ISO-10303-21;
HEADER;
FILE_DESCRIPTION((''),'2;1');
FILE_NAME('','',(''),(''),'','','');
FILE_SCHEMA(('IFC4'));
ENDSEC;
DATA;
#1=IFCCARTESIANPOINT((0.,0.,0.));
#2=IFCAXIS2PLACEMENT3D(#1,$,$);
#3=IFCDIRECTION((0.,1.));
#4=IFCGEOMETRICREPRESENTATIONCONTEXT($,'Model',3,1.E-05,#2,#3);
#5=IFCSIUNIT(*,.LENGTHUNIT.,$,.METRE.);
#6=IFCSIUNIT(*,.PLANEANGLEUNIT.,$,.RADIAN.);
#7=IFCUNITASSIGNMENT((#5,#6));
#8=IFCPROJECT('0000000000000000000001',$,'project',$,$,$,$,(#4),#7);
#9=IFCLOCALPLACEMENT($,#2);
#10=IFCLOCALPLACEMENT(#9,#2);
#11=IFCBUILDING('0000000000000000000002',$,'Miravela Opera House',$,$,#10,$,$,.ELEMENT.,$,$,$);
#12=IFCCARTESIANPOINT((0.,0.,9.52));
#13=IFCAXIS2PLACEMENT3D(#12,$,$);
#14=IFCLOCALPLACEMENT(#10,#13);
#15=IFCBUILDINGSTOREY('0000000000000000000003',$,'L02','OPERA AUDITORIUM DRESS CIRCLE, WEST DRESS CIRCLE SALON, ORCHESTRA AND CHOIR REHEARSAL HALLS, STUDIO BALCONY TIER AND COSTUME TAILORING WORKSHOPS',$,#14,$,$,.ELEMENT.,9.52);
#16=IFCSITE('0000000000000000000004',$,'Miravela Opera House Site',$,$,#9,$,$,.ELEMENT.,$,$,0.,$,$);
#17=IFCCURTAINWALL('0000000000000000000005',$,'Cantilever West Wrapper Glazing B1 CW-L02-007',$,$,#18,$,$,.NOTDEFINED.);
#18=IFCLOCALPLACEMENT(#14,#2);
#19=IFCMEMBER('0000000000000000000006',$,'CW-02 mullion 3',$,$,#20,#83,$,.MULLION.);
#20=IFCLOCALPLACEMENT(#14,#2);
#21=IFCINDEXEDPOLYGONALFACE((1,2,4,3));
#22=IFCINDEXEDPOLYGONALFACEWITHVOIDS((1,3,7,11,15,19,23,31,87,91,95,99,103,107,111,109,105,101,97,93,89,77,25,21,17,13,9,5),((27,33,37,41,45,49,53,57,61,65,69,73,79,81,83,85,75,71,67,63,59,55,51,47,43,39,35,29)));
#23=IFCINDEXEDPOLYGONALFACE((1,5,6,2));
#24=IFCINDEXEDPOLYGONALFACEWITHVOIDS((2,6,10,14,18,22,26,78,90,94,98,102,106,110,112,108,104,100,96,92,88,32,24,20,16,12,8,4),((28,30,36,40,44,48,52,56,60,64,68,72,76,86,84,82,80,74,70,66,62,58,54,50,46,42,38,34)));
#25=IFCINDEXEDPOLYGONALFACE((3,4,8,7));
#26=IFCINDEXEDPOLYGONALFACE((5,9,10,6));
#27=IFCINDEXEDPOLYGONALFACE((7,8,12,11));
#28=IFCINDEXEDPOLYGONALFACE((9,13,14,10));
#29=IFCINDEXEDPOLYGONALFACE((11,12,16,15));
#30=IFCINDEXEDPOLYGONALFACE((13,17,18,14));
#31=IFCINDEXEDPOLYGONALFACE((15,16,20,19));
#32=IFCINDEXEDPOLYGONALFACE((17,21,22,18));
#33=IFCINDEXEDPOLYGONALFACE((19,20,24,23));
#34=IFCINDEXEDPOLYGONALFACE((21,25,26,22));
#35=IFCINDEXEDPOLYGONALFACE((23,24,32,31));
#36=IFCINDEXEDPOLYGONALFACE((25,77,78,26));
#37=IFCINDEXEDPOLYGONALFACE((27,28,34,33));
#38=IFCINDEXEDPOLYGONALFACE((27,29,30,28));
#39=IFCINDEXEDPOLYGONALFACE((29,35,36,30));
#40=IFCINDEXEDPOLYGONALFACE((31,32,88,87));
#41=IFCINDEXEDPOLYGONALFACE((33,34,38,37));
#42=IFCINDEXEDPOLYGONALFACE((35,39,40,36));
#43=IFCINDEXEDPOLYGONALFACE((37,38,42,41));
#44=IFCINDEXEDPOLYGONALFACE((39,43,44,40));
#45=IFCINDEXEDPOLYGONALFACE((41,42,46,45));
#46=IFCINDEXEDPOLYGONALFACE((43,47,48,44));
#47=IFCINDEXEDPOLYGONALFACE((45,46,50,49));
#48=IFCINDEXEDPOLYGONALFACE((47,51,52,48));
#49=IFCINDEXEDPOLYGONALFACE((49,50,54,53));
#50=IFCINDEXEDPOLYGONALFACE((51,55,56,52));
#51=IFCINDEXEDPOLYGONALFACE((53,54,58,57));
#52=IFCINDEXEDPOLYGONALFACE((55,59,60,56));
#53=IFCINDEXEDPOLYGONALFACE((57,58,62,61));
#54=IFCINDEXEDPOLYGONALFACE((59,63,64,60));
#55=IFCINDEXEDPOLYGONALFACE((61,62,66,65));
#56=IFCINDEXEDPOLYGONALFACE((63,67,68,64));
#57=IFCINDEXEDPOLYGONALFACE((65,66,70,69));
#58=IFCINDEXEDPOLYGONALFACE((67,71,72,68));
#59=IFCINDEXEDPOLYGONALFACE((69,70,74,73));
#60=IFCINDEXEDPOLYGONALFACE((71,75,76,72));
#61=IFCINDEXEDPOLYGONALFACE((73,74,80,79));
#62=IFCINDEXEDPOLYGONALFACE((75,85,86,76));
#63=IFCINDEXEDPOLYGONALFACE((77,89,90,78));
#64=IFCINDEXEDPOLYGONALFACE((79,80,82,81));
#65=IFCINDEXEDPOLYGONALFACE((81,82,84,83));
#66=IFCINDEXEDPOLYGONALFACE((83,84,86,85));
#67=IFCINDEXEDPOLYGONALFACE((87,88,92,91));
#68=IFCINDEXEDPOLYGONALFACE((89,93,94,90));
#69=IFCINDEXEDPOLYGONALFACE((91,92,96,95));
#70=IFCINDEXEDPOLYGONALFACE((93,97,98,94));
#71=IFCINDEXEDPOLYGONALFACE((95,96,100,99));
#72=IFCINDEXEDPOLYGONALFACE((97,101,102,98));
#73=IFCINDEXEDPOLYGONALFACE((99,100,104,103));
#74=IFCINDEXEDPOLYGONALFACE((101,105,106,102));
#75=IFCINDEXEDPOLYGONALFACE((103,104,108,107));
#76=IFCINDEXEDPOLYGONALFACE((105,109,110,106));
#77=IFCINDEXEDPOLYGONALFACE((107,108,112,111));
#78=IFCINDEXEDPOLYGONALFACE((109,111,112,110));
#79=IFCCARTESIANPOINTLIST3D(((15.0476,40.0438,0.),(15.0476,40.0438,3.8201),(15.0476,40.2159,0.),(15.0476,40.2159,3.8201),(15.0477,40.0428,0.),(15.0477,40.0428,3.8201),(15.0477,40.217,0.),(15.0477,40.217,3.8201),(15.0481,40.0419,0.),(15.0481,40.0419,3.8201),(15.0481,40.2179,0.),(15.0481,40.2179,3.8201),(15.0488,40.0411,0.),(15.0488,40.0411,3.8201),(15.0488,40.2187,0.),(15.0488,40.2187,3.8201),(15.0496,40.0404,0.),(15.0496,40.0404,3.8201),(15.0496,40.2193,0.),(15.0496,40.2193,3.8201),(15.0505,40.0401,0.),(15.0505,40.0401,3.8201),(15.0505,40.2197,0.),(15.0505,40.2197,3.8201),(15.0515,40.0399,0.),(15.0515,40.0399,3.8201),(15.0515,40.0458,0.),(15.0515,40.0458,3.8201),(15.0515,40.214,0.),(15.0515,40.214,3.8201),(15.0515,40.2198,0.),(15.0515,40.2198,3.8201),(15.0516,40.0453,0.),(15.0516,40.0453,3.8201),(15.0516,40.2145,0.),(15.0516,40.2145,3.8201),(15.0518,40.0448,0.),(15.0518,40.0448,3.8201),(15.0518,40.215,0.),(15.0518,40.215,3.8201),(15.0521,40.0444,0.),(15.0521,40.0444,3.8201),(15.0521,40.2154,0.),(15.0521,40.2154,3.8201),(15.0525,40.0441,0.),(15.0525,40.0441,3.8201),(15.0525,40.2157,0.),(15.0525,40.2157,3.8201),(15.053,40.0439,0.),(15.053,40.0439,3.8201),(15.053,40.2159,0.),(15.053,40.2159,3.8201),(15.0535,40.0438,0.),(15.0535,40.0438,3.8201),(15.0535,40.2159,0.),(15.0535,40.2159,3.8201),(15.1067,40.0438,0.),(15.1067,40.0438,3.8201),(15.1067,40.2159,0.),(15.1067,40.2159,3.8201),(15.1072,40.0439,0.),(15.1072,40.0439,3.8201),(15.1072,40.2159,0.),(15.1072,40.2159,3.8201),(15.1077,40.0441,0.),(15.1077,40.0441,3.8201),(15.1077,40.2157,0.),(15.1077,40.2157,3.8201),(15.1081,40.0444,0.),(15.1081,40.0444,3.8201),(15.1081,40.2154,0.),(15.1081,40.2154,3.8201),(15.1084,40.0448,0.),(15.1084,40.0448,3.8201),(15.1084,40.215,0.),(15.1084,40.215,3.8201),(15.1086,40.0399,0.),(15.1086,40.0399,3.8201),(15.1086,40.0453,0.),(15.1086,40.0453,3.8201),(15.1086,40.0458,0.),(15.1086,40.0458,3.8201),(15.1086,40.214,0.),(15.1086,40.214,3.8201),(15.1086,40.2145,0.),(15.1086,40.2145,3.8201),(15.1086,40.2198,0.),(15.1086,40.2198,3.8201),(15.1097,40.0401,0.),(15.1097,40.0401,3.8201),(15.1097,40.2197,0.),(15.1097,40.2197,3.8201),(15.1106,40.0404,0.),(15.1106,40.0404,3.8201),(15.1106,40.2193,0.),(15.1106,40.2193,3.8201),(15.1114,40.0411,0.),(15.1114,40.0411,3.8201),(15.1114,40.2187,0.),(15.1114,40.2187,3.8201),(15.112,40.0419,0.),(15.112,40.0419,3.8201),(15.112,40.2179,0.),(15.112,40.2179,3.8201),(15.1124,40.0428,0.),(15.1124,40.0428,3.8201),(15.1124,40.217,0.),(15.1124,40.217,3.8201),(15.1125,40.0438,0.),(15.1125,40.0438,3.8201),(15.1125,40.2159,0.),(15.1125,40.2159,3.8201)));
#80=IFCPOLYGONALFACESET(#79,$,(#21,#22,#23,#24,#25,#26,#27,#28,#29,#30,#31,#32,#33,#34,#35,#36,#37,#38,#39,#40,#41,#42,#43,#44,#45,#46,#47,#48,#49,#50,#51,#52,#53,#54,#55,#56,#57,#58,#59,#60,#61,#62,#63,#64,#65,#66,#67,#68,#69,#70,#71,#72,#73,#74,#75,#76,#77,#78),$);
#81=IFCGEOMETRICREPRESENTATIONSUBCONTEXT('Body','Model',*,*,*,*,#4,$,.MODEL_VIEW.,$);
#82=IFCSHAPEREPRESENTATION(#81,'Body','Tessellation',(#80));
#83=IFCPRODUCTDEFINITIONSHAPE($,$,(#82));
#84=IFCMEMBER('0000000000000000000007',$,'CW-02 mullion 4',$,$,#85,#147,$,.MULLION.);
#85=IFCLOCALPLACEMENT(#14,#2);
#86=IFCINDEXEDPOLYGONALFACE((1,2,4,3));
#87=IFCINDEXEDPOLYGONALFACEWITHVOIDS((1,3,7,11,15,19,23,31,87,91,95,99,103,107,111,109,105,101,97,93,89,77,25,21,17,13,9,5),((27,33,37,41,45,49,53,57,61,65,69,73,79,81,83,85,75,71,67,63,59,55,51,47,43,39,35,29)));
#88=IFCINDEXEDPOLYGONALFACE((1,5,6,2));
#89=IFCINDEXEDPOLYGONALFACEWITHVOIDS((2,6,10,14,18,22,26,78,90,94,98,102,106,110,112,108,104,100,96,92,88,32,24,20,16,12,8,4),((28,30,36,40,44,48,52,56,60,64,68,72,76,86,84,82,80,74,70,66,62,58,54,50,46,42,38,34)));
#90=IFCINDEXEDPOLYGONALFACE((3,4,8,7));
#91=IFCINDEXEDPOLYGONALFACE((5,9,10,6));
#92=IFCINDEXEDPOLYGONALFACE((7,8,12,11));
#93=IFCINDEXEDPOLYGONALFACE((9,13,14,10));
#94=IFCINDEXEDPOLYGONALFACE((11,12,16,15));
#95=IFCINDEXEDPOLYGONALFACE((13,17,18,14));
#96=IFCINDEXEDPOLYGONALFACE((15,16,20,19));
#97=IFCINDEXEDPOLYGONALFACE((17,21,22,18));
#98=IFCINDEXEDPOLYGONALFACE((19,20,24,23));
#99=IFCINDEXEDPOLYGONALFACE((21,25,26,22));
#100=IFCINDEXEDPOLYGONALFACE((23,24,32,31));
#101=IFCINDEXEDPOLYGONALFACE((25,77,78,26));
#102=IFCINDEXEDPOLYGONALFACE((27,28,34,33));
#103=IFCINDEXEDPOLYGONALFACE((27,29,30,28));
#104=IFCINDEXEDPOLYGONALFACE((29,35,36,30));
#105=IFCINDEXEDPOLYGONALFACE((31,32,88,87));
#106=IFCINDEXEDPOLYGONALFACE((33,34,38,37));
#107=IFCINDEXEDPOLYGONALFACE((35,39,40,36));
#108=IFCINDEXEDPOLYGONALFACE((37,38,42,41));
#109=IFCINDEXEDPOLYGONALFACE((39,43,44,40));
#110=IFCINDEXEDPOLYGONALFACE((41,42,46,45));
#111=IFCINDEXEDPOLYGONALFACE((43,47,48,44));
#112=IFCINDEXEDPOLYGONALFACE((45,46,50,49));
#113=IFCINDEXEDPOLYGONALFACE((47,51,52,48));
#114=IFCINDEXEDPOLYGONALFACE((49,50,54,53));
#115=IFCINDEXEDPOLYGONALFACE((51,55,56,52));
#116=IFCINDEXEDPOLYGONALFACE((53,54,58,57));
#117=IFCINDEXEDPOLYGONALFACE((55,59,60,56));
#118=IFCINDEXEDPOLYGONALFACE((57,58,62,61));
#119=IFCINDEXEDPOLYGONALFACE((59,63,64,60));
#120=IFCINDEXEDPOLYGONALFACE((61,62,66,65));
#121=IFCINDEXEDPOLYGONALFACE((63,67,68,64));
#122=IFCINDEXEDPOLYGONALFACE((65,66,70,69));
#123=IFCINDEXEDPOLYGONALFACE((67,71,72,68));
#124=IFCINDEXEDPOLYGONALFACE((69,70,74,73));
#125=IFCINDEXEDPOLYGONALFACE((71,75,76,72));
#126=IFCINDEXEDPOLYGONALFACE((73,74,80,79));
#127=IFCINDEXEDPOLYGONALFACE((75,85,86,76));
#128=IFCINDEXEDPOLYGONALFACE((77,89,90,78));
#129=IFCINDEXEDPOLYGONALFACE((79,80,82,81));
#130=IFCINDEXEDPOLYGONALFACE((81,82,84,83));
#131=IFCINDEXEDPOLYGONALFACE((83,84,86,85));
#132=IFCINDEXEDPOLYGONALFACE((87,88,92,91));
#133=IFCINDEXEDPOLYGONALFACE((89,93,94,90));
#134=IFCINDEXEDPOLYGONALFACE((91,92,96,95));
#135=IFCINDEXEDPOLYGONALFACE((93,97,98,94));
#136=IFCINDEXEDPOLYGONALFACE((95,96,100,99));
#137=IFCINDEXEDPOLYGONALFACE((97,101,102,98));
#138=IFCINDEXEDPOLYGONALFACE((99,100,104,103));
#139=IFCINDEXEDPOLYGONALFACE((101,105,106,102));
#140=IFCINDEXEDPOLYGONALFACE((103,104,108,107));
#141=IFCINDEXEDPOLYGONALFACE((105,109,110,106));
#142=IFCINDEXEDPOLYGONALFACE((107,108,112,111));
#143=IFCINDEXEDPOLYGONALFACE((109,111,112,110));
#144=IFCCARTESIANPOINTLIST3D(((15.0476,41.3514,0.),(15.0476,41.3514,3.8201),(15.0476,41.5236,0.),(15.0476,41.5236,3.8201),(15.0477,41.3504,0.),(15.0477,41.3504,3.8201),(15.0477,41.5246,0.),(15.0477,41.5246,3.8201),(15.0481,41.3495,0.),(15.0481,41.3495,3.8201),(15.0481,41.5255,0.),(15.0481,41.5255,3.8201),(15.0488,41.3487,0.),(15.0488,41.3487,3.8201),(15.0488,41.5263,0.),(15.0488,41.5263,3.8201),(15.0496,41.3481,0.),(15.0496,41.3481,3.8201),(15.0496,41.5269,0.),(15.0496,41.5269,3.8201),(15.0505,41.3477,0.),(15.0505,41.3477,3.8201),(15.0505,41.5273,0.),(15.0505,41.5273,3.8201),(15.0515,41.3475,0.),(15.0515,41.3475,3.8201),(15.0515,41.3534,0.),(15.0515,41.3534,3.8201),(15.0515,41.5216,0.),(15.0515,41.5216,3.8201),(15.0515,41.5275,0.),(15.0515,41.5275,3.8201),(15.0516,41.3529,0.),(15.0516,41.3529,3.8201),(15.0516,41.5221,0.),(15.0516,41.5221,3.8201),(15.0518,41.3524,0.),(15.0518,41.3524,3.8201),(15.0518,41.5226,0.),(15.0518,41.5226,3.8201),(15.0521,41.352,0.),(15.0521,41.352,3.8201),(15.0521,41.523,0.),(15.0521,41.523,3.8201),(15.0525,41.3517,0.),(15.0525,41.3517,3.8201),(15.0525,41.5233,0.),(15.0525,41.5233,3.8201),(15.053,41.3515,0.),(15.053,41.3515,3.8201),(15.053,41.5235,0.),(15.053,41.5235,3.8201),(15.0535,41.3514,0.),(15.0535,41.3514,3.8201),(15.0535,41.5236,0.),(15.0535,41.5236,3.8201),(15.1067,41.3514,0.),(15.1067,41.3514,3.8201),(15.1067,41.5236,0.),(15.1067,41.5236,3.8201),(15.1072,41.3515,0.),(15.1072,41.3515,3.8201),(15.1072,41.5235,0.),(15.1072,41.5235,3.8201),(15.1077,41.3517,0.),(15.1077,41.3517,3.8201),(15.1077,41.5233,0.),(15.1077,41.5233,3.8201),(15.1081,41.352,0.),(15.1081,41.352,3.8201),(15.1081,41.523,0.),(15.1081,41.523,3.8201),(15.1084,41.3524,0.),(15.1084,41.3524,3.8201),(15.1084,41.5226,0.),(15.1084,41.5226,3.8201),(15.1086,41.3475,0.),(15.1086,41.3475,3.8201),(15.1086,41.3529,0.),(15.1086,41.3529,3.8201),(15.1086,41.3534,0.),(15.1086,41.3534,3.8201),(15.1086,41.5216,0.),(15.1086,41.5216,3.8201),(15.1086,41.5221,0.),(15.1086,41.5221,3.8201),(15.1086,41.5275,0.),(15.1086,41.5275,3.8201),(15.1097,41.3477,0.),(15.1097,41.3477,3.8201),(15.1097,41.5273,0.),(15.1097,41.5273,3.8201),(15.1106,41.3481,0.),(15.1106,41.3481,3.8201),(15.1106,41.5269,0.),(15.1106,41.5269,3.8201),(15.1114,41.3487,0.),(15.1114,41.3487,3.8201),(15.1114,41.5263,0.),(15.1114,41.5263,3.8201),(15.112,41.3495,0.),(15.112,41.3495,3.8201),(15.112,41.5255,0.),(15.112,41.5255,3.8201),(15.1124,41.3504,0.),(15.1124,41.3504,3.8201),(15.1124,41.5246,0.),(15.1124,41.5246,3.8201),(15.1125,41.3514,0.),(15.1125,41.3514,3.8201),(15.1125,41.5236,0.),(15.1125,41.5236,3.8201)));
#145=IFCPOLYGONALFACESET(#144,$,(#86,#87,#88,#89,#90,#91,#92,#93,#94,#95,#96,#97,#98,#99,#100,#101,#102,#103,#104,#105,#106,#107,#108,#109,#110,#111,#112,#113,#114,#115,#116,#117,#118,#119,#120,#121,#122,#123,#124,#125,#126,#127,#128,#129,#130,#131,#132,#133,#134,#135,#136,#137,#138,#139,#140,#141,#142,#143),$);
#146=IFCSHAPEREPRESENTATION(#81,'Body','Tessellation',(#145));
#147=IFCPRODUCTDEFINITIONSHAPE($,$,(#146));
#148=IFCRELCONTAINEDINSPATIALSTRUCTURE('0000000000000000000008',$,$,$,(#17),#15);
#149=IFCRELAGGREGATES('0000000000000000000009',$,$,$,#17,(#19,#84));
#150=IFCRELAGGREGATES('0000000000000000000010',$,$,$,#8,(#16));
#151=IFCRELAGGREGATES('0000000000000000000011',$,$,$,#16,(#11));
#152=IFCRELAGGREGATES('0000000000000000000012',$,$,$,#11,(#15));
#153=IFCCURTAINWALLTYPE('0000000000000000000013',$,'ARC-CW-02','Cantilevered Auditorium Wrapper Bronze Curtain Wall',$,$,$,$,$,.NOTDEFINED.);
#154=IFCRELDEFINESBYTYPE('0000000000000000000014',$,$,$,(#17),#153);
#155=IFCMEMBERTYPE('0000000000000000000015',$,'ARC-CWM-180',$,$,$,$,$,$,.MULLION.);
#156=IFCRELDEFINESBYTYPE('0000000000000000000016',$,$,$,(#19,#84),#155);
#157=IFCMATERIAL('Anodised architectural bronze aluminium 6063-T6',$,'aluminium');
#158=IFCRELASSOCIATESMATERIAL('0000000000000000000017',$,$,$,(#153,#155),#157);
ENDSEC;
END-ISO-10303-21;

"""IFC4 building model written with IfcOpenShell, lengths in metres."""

from ifc_helpers import new_model, si_unit, direction, frame, origin, origin_2d, place, context, subcontext, project, spatial, hollow_rectangle, extrude, material, material_profile, profile_set, type_object, element, aggregate, save


model = new_model("IFC4")

# Units and contexts
model_context = context("Model", 3, precision=1e-05, world=origin(), true_north=direction((0.0, 1.0)))
body_context = subcontext(model_context, "Body", "Model", "MODEL_VIEW")
ifc_project = project(units=[si_unit("LENGTHUNIT", "METRE"), si_unit("PLANEANGLEUNIT", "RADIAN")], contexts=[model_context])

# Site, building, storey
site_placement = place(None, origin())
site = spatial("IfcSite", under=ifc_project, at=site_placement, Name="Miravela Opera House Site", CompositionType="ELEMENT", RefElevation=0.0)
building_placement = place(site_placement, origin())
building = spatial("IfcBuilding", under=site, at=building_placement, Name="Miravela Opera House", CompositionType="ELEMENT")
storey_placement = place(building_placement, frame((0.0, 0.0, 9.52)))
storey = spatial("IfcBuildingStorey", under=building, at=storey_placement, Name="L02", Description="OPERA AUDITORIUM DRESS CIRCLE, WEST DRESS CIRCLE SALON, ORCHESTRA AND CHOIR REHEARSAL HALLS, STUDIO BALCONY TIER AND COSTUME TAILORING WORKSHOPS", CompositionType="ELEMENT", Elevation=9.52)

# Curtain wall, members
ifc_material_1 = material(Name="Anodised architectural bronze aluminium 6063-T6", Category="aluminium")
curtain_wall_type = type_object("IfcCurtainWallType", Name="ARC-CW-02", Description="Cantilevered Auditorium Wrapper Bronze Curtain Wall", PredefinedType="NOTDEFINED", material=ifc_material_1)
curtain_wall_1_placement = place(storey_placement, origin())
curtain_wall_1 = element("IfcCurtainWall", 1, at=curtain_wall_1_placement, inside=storey, type_object=curtain_wall_type, Name="Cantilever West Wrapper Glazing B1 CW-L02-007", PredefinedType="NOTDEFINED")
ifc_material_profile_1 = material_profile(ifc_material_1, hollow_rectangle(XDim=0.0649, YDim=0.1799, WallThickness=0.0039, InnerFilletRadius=0.002, OuterFilletRadius=0.0039, at=origin_2d()), Name="CWM-65X180")
ifc_profile_set_1 = profile_set([ifc_material_profile_1])
member_type_1 = type_object("IfcMemberType", Name="ARC-CWM-180", PredefinedType="MULLION", material=ifc_profile_set_1)
member_1_placement = place(storey_placement, frame((15.0801, 40.1299, 0.0), z_axis=(0.0, 0.0, 1.0), x_axis=(-1.0, 0.0, 0.0)))
member_1 = element("IfcMember", 2, at=member_1_placement, type_object=member_type_1, Name="CW-02 mullion 3", PredefinedType="MULLION", context=body_context, shape_type="SweptSolid", body=[
    extrude(hollow_rectangle(XDim=0.0649, YDim=0.1799, WallThickness=0.0039, InnerFilletRadius=0.002, OuterFilletRadius=0.0039, at=origin_2d()), origin(), (0.0, 0.0, 1.0), 3.8201),
])
member_2_placement = place(storey_placement, frame((15.0801, 41.4375, 0.0), z_axis=(0.0, 0.0, 1.0), x_axis=(-1.0, 0.0, 0.0)))
member_2 = element("IfcMember", 3, at=member_2_placement, type_object=member_type_1, Name="CW-02 mullion 4", PredefinedType="MULLION", context=body_context, shape_type="SweptSolid", body=[
    extrude(hollow_rectangle(XDim=0.0649, YDim=0.1799, WallThickness=0.0039, InnerFilletRadius=0.002, OuterFilletRadius=0.0039, at=origin_2d()), origin(), (0.0, 0.0, 1.0), 3.8201),
])

aggregate(curtain_wall_1, [member_1, member_2])

save(model, "model.ifc")
